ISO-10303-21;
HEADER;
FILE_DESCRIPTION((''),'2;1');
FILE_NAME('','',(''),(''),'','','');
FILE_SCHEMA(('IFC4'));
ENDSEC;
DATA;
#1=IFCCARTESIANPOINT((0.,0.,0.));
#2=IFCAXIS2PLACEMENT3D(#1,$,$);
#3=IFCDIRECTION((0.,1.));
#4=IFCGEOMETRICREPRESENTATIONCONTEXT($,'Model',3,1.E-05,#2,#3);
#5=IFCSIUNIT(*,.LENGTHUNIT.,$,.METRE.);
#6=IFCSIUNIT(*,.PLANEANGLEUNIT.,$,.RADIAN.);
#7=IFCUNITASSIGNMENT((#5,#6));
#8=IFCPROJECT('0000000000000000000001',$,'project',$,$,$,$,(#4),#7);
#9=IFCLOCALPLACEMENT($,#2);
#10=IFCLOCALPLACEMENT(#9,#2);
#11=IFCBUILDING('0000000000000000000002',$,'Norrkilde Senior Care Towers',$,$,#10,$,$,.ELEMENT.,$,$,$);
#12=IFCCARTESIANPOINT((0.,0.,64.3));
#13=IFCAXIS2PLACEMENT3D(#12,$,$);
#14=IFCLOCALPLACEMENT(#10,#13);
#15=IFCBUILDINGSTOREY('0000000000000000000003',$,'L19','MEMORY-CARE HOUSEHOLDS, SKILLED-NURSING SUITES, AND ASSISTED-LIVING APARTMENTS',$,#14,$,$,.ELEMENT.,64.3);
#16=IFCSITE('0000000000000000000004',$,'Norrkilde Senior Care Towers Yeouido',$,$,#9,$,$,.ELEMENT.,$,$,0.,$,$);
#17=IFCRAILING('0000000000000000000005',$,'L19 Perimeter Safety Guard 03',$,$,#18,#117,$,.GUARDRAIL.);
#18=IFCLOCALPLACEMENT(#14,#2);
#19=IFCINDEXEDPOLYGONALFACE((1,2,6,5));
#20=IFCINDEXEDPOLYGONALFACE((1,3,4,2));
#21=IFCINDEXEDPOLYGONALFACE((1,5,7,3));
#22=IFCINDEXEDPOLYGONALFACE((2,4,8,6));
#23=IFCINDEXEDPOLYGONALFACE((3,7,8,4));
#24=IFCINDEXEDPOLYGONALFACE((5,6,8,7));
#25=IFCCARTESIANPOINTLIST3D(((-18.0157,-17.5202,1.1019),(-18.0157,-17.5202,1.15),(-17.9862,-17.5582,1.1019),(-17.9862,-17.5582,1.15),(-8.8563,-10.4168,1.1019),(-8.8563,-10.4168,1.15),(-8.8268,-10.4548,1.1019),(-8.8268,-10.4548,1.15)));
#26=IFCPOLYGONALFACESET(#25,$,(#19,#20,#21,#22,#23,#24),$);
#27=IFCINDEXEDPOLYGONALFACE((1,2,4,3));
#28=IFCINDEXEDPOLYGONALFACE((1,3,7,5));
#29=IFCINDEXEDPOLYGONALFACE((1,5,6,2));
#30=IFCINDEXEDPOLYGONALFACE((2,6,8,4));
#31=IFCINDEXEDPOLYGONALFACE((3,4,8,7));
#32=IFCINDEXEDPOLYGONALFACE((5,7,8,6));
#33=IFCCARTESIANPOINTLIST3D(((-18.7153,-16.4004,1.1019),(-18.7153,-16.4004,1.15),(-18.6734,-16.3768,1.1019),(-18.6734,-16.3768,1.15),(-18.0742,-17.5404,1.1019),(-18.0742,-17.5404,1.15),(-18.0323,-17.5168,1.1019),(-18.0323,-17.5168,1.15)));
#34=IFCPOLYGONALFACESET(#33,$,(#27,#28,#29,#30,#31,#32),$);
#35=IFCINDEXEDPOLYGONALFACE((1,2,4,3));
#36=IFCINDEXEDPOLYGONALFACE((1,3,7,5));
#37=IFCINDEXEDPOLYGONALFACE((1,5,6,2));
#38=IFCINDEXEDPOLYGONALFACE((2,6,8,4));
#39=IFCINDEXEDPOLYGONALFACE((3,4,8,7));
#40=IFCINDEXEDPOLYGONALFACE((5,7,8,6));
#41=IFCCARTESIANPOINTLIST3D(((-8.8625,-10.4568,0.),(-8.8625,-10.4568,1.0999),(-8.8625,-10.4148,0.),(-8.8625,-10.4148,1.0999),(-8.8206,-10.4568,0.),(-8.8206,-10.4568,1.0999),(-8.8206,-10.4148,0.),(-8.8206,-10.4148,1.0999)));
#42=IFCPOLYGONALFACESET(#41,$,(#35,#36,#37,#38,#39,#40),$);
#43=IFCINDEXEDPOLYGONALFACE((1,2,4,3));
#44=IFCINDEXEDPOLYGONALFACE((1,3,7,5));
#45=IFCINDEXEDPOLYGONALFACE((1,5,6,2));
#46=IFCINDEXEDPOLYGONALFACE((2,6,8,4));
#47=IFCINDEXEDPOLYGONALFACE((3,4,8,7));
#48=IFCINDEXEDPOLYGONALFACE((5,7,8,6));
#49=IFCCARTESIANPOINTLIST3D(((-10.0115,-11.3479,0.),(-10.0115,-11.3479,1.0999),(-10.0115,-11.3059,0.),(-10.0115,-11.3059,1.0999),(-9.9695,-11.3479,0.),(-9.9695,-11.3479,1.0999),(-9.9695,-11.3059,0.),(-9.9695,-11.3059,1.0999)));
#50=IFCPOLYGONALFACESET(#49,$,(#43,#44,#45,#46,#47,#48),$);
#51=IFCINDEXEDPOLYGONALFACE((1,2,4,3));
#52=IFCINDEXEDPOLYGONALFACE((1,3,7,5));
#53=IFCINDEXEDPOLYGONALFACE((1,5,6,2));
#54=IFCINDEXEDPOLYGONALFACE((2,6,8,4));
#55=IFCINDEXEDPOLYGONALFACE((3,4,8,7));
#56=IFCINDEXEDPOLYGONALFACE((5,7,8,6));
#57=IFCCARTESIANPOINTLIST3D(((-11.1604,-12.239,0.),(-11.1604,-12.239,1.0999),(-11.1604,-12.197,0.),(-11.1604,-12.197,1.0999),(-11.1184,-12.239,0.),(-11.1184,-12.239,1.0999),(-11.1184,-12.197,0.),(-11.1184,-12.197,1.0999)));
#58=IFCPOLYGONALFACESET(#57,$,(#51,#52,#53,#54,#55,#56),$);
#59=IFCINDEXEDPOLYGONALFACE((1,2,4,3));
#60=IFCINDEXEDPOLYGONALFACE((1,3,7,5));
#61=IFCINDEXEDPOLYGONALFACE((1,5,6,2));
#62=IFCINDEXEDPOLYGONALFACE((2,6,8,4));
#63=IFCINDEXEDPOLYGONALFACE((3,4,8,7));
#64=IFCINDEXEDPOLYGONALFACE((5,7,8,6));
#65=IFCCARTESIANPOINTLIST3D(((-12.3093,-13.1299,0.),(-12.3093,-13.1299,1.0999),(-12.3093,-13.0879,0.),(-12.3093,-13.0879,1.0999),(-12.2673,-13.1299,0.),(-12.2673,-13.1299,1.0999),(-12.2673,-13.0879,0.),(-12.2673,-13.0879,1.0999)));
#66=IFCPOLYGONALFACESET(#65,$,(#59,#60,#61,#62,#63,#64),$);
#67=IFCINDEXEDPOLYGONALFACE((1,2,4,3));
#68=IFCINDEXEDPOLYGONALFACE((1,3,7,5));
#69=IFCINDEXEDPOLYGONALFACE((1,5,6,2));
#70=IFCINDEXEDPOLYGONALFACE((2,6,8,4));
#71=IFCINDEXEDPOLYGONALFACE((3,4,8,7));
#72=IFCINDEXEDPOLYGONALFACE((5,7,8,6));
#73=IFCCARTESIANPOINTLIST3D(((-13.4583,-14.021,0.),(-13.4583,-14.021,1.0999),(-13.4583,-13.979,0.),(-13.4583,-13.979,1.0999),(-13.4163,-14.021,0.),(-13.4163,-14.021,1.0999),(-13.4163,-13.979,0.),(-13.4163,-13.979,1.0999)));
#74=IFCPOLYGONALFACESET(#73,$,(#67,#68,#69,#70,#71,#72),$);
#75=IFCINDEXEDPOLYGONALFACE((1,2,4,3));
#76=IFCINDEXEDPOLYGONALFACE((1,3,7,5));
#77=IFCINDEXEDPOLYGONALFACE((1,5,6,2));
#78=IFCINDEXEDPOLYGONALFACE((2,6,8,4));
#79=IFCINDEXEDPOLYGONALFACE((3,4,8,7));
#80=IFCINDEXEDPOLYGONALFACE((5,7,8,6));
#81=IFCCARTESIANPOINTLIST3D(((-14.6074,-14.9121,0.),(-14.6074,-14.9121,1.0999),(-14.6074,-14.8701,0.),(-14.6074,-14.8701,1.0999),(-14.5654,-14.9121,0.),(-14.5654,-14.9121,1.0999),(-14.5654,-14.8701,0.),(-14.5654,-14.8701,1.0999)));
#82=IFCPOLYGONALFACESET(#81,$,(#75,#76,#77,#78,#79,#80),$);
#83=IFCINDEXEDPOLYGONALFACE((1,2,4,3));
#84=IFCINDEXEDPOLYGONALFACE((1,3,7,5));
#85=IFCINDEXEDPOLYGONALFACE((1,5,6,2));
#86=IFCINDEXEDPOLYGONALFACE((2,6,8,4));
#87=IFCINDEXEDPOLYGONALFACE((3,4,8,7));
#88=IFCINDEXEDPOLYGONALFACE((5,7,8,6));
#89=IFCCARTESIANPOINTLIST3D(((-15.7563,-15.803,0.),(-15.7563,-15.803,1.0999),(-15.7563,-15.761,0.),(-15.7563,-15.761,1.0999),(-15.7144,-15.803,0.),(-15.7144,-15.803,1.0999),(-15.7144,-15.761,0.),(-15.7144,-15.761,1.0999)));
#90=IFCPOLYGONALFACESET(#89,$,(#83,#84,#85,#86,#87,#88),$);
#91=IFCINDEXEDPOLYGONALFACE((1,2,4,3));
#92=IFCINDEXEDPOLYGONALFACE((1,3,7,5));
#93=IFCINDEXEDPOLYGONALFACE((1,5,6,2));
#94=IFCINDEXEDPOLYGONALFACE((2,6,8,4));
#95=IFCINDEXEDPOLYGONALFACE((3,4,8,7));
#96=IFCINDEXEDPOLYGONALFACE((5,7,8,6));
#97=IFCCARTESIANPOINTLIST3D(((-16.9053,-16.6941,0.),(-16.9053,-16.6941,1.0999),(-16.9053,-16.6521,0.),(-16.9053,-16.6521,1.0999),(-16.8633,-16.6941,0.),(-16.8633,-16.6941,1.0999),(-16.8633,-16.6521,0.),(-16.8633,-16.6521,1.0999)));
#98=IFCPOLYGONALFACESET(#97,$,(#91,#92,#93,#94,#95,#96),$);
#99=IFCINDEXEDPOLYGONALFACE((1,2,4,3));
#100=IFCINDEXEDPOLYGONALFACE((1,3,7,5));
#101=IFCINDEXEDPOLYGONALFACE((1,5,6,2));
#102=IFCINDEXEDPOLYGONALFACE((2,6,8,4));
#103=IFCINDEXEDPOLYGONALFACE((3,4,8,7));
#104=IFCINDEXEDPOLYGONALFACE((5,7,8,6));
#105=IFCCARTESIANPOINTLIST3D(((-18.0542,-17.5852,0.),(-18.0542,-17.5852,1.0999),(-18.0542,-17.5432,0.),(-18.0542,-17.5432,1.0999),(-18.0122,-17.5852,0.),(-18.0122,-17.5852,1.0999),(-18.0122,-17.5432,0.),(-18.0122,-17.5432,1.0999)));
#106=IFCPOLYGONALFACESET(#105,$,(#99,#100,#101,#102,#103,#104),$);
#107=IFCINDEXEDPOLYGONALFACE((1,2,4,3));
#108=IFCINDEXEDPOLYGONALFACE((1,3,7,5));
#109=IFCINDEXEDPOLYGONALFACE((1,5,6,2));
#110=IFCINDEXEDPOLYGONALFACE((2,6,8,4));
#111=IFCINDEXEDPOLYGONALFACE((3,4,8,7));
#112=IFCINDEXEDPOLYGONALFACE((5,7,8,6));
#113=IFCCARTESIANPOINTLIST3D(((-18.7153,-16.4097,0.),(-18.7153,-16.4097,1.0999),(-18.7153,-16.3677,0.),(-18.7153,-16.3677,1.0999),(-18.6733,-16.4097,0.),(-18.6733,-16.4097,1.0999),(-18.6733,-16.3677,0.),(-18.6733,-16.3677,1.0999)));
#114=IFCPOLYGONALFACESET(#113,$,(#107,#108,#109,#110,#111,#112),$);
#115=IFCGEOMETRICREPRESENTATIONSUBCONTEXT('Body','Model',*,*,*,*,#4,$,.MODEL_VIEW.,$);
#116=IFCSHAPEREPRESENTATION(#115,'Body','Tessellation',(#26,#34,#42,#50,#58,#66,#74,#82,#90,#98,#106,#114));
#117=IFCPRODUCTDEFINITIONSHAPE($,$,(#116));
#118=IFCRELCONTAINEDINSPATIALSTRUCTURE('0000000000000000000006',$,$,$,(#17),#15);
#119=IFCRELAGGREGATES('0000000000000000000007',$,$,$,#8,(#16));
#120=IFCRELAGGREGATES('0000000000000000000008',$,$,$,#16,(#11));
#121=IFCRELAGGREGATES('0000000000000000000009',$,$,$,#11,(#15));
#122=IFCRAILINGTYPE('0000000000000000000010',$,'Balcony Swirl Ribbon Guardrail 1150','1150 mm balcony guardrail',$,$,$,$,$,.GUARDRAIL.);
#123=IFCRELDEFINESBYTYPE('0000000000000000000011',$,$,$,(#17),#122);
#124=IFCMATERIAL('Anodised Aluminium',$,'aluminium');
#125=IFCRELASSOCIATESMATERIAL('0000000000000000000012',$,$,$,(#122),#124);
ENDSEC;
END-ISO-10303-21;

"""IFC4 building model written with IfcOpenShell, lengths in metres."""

from ifc_helpers import new_model, si_unit, direction, frame, origin, origin_2d, place, context, subcontext, project, spatial, rectangle, extrude, material, type_object, element, save


model = new_model("IFC4")

# Units and contexts
model_context = context("Model", 3, precision=1e-05, world=origin(), true_north=direction((0.0, 1.0)))
body_context = subcontext(model_context, "Body", "Model", "MODEL_VIEW")
ifc_project = project(units=[si_unit("LENGTHUNIT", "METRE"), si_unit("PLANEANGLEUNIT", "RADIAN")], contexts=[model_context])

# Site, building, storey
site_placement = place(None, origin())
site = spatial("IfcSite", under=ifc_project, at=site_placement, Name="Norrkilde Senior Care Towers Yeouido", CompositionType="ELEMENT", RefElevation=0.0)
building_placement = place(site_placement, origin())
building = spatial("IfcBuilding", under=site, at=building_placement, Name="Norrkilde Senior Care Towers", CompositionType="ELEMENT")
storey_placement = place(building_placement, frame((0.0, 0.0, 64.3)))
storey = spatial("IfcBuildingStorey", under=building, at=storey_placement, Name="L19", Description="MEMORY-CARE HOUSEHOLDS, SKILLED-NURSING SUITES, AND ASSISTED-LIVING APARTMENTS", CompositionType="ELEMENT", Elevation=64.3)

# Shared definitions
ifc_material_1 = material(Name="Anodised Aluminium", Category="aluminium")

# Railing
railing_type = type_object("IfcRailingType", Name="Balcony Swirl Ribbon Guardrail 1150", Description="1150 mm balcony guardrail", PredefinedType="GUARDRAIL", material=ifc_material_1)
railing_1_placement = place(storey_placement, frame((-8.8416, -10.4358, 0.0)))
element("IfcRailing", 1, at=railing_1_placement, inside=storey, type_object=railing_type, Name="L19 Perimeter Safety Guard 03", PredefinedType="GUARDRAIL", context=body_context, shape_type="SweptSolid", body=[
    extrude(rectangle(XDim=0.0481, YDim=0.0481, at=origin_2d()), frame((0.0, 0.0, 1.126), z_axis=(-0.790212, -0.612834, 0.0), x_axis=(0.612834, -0.790212, 0.0)), (0.0, 0.0, 1.0), 11.5911),
    extrude(rectangle(XDim=0.0481, YDim=0.0481, at=origin_2d()), frame((-9.2117, -7.0928, 1.126), z_axis=(-0.490201, 0.871609, 0.0), x_axis=(-0.871609, -0.490201, 0.0)), (0.0, 0.0, 1.0), 1.3079),
    extrude(rectangle(XDim=0.042, YDim=0.042, at=origin_2d()), origin(), (0.0, 0.0, 1.0), 1.0999),
    extrude(rectangle(XDim=0.042, YDim=0.042, at=origin_2d()), frame((-1.1489, -0.8911, 0.0)), (0.0, 0.0, 1.0), 1.0999),
    extrude(rectangle(XDim=0.042, YDim=0.042, at=origin_2d()), frame((-2.2979, -1.7822, 0.0)), (0.0, 0.0, 1.0), 1.0999),
    extrude(rectangle(XDim=0.042, YDim=0.042, at=origin_2d()), frame((-3.4468, -2.6731, 0.0)), (0.0, 0.0, 1.0), 1.0999),
    extrude(rectangle(XDim=0.042, YDim=0.042, at=origin_2d()), frame((-4.5957, -3.5642, 0.0)), (0.0, 0.0, 1.0), 1.0999),
    extrude(rectangle(XDim=0.042, YDim=0.042, at=origin_2d()), frame((-5.7449, -4.4553, 0.0)), (0.0, 0.0, 1.0), 1.0999),
    extrude(rectangle(XDim=0.042, YDim=0.042, at=origin_2d()), frame((-6.8938, -5.3462, 0.0)), (0.0, 0.0, 1.0), 1.0999),
    extrude(rectangle(XDim=0.042, YDim=0.042, at=origin_2d()), frame((-8.0427, -6.2373, 0.0)), (0.0, 0.0, 1.0), 1.0999),
    extrude(rectangle(XDim=0.042, YDim=0.042, at=origin_2d()), frame((-9.1917, -7.1284, 0.0)), (0.0, 0.0, 1.0), 1.0999),
    extrude(rectangle(XDim=0.042, YDim=0.042, at=origin_2d()), frame((-9.8528, -5.9529, 0.0)), (0.0, 0.0, 1.0), 1.0999),
])

save(model, "model.ifc")
